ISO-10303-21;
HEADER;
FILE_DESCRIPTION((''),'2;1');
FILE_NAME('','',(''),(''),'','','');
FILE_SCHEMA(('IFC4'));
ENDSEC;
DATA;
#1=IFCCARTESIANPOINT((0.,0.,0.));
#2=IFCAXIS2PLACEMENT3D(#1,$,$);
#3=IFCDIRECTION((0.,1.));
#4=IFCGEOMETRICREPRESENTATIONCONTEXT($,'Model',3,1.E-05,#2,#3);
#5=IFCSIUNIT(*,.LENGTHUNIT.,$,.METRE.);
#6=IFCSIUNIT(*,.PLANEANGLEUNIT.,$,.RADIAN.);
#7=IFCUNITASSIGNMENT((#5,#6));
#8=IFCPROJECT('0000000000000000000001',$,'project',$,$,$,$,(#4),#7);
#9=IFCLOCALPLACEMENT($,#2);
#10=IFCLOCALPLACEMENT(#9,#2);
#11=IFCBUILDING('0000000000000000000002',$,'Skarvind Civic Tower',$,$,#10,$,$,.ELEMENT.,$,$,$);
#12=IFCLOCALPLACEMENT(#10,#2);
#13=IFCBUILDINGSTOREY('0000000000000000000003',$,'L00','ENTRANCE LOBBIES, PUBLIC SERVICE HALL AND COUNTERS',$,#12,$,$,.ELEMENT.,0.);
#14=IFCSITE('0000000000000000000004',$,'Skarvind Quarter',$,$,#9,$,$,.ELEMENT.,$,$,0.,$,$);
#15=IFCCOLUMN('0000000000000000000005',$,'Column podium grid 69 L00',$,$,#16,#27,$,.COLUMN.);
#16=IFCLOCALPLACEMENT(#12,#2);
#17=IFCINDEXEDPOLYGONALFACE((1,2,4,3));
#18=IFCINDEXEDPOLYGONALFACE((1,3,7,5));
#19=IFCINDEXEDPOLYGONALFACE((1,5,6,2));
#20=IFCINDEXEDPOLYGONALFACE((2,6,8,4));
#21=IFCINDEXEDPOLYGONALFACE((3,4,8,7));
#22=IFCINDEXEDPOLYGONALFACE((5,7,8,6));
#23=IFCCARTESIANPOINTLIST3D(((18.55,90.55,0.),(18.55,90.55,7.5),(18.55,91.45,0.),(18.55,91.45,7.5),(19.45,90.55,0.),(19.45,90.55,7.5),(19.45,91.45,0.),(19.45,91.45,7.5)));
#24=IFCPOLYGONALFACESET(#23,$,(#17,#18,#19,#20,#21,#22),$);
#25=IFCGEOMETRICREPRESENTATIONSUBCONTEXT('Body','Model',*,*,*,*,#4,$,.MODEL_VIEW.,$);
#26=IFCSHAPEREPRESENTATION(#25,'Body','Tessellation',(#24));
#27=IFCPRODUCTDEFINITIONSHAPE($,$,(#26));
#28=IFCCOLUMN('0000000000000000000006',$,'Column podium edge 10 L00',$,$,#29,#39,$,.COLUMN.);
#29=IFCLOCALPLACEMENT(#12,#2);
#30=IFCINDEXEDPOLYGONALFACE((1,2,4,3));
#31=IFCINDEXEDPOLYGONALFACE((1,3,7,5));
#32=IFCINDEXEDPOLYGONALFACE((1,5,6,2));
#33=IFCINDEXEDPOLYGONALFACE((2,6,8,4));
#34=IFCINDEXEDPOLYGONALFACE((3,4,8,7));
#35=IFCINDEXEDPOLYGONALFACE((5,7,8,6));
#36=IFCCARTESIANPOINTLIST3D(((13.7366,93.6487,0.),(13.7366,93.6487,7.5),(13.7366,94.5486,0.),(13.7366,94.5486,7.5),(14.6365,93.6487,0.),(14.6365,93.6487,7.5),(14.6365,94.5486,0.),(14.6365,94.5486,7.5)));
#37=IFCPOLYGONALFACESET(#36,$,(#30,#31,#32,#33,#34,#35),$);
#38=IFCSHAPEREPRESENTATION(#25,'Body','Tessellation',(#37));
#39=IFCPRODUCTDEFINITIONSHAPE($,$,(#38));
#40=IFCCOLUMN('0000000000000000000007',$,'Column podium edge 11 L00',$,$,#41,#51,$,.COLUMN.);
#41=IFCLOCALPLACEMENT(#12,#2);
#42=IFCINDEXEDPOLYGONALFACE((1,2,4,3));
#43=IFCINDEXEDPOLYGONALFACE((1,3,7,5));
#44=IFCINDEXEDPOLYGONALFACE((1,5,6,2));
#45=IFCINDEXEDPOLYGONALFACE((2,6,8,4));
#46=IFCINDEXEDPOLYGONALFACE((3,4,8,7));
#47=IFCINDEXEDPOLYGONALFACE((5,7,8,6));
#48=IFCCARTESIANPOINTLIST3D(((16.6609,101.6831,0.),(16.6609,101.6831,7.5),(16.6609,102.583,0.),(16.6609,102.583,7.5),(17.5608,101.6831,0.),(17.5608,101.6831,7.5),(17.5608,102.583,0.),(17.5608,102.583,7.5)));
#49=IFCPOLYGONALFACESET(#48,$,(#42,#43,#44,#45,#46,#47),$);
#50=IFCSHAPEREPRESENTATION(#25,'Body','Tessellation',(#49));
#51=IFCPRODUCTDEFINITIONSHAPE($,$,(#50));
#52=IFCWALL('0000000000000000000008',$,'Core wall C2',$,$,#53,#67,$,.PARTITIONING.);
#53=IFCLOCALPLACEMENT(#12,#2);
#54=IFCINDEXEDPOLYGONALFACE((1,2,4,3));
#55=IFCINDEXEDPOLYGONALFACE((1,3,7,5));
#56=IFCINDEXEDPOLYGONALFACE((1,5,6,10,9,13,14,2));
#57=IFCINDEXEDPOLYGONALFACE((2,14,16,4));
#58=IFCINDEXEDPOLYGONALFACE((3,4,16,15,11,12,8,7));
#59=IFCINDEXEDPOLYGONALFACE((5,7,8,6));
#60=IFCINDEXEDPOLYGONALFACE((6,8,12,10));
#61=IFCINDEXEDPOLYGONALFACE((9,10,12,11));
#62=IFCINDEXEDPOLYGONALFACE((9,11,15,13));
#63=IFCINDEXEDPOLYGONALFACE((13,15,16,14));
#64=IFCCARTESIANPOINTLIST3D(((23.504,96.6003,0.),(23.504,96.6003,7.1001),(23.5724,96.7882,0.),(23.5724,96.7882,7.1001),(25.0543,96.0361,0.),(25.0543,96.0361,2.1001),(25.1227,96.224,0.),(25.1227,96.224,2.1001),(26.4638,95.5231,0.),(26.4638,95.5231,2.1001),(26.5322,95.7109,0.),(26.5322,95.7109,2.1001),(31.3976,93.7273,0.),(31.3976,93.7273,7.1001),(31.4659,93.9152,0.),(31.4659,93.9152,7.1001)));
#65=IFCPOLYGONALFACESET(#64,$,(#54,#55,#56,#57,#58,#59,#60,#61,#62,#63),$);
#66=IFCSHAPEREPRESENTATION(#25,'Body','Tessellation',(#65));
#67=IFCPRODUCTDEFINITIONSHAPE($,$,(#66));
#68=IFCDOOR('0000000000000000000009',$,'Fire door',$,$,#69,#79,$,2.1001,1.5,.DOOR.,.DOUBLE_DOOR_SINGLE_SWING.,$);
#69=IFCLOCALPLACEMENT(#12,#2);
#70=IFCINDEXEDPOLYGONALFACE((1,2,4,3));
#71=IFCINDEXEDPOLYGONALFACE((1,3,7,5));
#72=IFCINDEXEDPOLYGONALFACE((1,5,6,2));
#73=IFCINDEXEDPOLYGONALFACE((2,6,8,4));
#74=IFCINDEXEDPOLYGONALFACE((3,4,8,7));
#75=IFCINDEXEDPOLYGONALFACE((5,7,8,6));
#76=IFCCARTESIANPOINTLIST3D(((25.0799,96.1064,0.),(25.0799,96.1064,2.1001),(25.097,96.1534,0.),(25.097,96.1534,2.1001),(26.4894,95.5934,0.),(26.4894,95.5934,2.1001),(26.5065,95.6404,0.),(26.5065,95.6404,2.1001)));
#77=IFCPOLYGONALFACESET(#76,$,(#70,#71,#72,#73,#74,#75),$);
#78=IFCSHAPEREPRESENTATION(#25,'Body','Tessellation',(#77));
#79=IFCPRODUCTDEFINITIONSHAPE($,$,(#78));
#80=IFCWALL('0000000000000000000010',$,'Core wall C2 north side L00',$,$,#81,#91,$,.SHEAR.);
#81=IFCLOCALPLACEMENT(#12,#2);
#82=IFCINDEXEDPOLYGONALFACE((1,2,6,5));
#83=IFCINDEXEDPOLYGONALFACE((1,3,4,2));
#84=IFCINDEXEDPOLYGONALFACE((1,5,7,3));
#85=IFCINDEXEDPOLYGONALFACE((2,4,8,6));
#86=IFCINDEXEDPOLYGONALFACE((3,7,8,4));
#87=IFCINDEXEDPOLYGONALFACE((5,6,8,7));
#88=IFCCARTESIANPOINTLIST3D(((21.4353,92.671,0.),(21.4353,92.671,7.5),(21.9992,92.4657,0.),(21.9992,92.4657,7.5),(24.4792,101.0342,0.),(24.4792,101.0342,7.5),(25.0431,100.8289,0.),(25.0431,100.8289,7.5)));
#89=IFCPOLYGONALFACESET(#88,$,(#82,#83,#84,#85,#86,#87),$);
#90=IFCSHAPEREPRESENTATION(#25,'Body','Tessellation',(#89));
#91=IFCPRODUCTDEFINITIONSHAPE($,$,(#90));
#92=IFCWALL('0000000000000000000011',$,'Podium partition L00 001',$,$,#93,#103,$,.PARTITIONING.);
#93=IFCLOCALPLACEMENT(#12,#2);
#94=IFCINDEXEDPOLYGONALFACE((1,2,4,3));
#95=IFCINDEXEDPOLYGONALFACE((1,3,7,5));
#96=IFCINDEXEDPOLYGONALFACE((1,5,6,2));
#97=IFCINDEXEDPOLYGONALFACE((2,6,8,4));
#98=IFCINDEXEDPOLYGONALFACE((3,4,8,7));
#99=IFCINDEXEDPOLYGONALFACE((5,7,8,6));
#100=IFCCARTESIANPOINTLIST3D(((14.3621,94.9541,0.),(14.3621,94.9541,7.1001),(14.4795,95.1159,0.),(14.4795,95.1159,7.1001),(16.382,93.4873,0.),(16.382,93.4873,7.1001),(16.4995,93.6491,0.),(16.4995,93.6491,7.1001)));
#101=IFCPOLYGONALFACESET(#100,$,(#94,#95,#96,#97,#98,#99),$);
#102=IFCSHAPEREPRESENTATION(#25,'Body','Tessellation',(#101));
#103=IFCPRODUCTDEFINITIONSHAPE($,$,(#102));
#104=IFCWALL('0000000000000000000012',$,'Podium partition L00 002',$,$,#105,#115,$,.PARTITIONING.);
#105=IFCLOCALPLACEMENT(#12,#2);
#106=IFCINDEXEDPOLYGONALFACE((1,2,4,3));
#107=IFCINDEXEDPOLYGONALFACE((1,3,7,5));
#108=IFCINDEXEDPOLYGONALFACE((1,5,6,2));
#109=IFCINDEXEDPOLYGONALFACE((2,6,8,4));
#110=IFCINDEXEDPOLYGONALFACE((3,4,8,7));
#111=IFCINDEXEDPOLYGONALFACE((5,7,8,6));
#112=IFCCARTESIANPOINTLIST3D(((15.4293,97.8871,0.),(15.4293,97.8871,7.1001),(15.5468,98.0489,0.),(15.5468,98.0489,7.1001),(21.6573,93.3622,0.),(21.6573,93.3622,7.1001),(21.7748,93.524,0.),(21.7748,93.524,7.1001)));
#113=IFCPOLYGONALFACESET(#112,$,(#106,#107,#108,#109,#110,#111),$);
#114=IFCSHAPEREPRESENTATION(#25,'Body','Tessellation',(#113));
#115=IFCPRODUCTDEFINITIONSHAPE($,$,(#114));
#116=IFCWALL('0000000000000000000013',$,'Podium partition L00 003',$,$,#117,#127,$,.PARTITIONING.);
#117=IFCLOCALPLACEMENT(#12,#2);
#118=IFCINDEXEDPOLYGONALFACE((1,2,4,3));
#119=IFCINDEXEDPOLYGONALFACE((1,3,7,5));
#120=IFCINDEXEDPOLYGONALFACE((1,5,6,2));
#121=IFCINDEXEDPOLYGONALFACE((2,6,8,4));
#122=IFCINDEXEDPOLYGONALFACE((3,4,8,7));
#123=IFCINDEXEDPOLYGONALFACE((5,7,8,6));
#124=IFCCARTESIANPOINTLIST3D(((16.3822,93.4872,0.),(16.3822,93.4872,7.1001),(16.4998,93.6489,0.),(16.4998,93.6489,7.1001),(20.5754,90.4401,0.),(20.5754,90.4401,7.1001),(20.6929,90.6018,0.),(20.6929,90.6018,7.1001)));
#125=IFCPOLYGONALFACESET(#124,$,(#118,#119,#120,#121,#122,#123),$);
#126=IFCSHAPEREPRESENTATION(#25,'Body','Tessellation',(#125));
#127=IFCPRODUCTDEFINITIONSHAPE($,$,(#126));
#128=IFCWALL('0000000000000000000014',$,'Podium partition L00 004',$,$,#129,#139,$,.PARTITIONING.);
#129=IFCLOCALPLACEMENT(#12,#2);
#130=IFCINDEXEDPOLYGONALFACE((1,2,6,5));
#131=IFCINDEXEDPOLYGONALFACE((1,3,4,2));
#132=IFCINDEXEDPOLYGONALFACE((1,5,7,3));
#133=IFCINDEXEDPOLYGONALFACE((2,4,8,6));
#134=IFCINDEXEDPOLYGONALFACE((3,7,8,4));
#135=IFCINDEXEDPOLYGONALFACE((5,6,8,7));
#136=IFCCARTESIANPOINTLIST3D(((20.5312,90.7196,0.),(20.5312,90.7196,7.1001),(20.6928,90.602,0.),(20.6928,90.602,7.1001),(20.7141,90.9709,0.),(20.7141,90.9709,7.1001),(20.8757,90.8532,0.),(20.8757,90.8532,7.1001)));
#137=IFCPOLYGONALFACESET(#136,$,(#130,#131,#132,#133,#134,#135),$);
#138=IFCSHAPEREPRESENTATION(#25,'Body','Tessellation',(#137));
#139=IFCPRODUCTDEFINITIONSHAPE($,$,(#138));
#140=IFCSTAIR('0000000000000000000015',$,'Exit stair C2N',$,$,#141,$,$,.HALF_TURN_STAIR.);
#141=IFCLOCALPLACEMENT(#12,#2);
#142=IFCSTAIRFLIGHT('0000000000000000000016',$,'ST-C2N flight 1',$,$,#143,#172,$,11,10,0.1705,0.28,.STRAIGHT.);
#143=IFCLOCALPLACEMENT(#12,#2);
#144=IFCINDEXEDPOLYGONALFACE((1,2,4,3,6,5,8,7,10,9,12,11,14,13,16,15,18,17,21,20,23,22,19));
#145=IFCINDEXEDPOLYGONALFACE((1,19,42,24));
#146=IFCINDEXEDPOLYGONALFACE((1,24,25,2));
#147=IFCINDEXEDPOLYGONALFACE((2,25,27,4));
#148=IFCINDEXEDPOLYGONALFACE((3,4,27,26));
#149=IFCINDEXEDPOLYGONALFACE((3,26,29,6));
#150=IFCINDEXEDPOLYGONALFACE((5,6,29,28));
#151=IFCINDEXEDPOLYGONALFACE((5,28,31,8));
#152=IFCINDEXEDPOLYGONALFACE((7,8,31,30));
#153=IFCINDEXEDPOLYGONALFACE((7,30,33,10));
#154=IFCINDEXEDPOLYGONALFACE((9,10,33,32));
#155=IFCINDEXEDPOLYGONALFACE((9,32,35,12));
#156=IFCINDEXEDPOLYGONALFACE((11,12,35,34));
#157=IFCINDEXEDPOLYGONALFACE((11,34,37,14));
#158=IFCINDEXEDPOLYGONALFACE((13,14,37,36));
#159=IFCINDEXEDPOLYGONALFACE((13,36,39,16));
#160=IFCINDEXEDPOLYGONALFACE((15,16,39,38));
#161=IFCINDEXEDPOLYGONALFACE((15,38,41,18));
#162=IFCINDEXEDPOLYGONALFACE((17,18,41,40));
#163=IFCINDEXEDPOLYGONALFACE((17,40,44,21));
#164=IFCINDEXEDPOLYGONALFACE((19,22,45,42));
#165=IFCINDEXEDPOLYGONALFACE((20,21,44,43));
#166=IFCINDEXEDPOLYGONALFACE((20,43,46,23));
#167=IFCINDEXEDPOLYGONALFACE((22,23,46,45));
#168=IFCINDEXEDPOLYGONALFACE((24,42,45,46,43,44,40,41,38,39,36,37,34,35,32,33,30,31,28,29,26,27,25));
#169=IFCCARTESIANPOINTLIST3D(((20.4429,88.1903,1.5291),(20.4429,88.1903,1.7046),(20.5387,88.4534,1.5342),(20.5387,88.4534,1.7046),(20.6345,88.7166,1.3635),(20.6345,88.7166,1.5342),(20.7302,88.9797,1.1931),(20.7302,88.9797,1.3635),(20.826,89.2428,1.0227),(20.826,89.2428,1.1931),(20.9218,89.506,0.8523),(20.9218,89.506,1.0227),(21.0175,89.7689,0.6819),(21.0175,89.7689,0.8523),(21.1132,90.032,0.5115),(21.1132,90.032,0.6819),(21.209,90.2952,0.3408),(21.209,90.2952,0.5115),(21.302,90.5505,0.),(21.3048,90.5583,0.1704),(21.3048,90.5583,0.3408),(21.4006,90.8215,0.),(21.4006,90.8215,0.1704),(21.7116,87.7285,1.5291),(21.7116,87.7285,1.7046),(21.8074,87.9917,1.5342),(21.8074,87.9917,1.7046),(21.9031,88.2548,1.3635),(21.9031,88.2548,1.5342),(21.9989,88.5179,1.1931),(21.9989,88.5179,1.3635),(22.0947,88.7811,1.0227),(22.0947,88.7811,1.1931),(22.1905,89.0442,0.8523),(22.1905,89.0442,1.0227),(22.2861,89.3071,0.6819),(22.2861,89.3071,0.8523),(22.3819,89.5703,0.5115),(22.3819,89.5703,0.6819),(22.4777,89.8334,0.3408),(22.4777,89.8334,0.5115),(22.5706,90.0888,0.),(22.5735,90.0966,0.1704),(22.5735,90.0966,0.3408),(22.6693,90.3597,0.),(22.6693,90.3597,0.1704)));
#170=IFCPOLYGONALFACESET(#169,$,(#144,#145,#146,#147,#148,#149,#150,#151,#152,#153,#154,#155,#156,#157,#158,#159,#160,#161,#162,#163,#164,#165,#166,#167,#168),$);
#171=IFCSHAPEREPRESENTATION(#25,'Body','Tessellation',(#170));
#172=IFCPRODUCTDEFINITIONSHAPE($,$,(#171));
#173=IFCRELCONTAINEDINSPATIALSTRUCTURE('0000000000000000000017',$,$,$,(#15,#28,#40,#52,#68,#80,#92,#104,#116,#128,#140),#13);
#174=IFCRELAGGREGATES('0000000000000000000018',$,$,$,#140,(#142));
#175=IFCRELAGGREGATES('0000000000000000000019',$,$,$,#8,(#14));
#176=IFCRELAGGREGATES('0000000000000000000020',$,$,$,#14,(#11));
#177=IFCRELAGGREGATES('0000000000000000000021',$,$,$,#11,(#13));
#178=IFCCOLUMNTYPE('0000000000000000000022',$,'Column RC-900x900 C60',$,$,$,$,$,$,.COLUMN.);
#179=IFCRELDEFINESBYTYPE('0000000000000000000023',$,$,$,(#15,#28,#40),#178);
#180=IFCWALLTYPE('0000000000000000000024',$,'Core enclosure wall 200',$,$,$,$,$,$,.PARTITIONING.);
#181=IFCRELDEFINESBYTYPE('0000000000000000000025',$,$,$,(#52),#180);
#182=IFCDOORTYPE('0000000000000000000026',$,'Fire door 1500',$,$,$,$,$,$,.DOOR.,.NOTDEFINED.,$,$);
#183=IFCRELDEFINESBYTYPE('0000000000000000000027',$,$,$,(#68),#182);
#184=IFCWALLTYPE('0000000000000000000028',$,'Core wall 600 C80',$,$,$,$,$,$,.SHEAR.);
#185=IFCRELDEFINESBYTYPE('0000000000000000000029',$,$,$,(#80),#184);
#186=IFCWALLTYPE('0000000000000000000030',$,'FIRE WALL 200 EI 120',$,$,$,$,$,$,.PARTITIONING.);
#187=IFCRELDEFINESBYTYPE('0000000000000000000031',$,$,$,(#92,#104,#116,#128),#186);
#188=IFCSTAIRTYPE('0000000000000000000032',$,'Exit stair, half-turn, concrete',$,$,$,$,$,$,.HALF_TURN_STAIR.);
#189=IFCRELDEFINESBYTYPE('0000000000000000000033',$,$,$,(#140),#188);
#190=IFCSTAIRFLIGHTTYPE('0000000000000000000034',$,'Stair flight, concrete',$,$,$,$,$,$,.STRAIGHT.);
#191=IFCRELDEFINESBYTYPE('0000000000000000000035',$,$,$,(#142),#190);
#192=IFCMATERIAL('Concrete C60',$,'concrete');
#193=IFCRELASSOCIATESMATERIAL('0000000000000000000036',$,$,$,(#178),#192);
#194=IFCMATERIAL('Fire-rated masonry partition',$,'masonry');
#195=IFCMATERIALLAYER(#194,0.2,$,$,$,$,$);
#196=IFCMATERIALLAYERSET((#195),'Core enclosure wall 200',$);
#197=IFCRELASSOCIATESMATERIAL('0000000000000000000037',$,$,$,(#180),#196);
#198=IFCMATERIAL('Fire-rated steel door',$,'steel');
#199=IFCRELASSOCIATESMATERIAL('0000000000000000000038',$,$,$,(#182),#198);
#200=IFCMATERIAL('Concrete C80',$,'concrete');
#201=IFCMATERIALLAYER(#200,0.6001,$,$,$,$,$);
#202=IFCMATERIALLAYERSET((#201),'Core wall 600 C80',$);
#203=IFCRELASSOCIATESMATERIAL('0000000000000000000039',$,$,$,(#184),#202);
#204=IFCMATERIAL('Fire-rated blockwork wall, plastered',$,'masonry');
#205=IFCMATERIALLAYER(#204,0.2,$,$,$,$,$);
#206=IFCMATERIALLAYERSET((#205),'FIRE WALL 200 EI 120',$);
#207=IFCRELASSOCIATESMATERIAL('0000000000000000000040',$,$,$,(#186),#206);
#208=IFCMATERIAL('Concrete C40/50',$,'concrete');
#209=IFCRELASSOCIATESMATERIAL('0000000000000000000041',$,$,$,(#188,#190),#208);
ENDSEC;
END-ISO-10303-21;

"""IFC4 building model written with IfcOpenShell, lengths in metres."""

from ifc_helpers import new_model, si_unit, direction, frame, frame_2d, origin, origin_2d, place, context, subcontext, project, spatial, polyline, rectangle, outline, extrude, material, layer, layer_set, material_profile, profile_set, type_object, element, fill, aggregate, save


model = new_model("IFC4")

# Units and contexts
model_context = context("Model", 3, precision=1e-05, world=origin(), true_north=direction((0.0, 1.0)))
body_context = subcontext(model_context, "Body", "Model", "MODEL_VIEW")
ifc_project = project(units=[si_unit("LENGTHUNIT", "METRE"), si_unit("PLANEANGLEUNIT", "RADIAN")], contexts=[model_context])

# Site, building, storey
site_placement = place(None, origin())
site = spatial("IfcSite", under=ifc_project, at=site_placement, Name="Skarvind Quarter", CompositionType="ELEMENT", RefElevation=0.0)
building_placement = place(site_placement, origin())
building = spatial("IfcBuilding", under=site, at=building_placement, Name="Skarvind Civic Tower", CompositionType="ELEMENT")
storey_placement = place(building_placement, origin())
storey = spatial("IfcBuildingStorey", under=building, at=storey_placement, Name="L00", Description="ENTRANCE LOBBIES, PUBLIC SERVICE HALL AND COUNTERS", CompositionType="ELEMENT", Elevation=0.0)

# Columns
ifc_material_1 = material(Name="Concrete C60", Category="concrete")
ifc_material_profile = material_profile(ifc_material_1, rectangle(XDim=0.8999, YDim=0.8999, at=origin_2d()), Name="RC-900x900")
ifc_profile_set = profile_set([ifc_material_profile], Name="Concrete C60")
column_type = type_object("IfcColumnType", Name="Column RC-900x900 C60", PredefinedType="COLUMN", material=ifc_profile_set)
for number, where, z_axis, x_axis, name in (
    (1, (19.0, 91.0, 0.0), (0.0, 0.0, 1.0), (1.0, 0.0, 0.0), "Column podium grid 69 L00"),
    (2, (14.1865, 94.0986, 0.0), (0.0, 0.0, 1.0), (1.0, 0.0, 0.0), "Column podium edge 10 L00"),
    (3, (17.1108, 102.1331, 0.0), (0.0, 0.0, 1.0), (1.0, 0.0, 0.0), "Column podium edge 11 L00"),
):
    element("IfcColumn", number, at=place(storey_placement, frame(where, z_axis=z_axis, x_axis=x_axis)), inside=storey, type_object=column_type, Name=name, PredefinedType="COLUMN", context=body_context, shape_type="SweptSolid", body=[
        extrude(rectangle(XDim=0.8999, YDim=0.8999, at=origin_2d()), origin(), (0.0, 0.0, 1.0), 7.5),
    ])

# Wall, opening, door
ifc_material_2 = material(Name="Fire-rated masonry partition", Category="masonry")
ifc_layer_1 = layer(ifc_material_2, 0.2)
ifc_layer_set_1 = layer_set([ifc_layer_1], Name="Core enclosure wall 200")
wall_type_1 = type_object("IfcWallType", Name="Core enclosure wall 200", PredefinedType="PARTITIONING", material=ifc_layer_set_1)
wall_1_placement = place(storey_placement, frame((23.5381, 96.6943, 0.0), z_axis=(0.0, 0.0, 1.0), x_axis=(0.939692, -0.342023, 0.0)))
wall_1 = element("IfcWall", 4, at=wall_1_placement, inside=storey, type_object=wall_type_1, Name="Core wall C2", PredefinedType="PARTITIONING", context=body_context, shape_type="SweptSolid", body=[
    extrude(rectangle(XDim=8.4001, YDim=0.2, at=frame_2d((4.2002, 0.0))), origin(), (0.0, 0.0, 1.0), 7.1001),
])
opening_1_placement = place(wall_1_placement, frame((1.6499, 0.0, 0.0)))
opening_1 = element("IfcOpeningElement", 5, at=opening_1_placement, cuts=wall_1, PredefinedType="OPENING", context=body_context, shape_type="SweptSolid", body=[
    extrude(rectangle(XDim=1.5, YDim=2.1001, at=frame_2d((0.75, 1.05))), frame((0.0, 0.1099, 0.0), z_axis=(0.0, -1.0, 0.0), x_axis=(1.0, 0.0, 0.0)), (0.0, 0.0, 1.0), 0.22),
])
ifc_material_3 = material(Name="Fire-rated steel door", Category="steel")
door_type_1 = type_object("IfcDoorType", Name="Fire door 1500", OperationType="NOTDEFINED", PredefinedType="DOOR", material=ifc_material_3)
door_1_placement = place(opening_1_placement, origin())
door_1 = element("IfcDoor", 6, at=door_1_placement, inside=storey, type_object=door_type_1, Name="Fire door", OperationType="DOUBLE_DOOR_SINGLE_SWING", OverallHeight=2.1001, OverallWidth=1.5, PredefinedType="DOOR", context=body_context, shape_type="SweptSolid", body=[
    extrude(rectangle(XDim=1.5, YDim=2.1001, at=frame_2d((0.75, 1.05))), frame((0.0, 0.0249, 0.0), z_axis=(0.0, -1.0, 0.0), x_axis=(1.0, 0.0, 0.0)), (0.0, 0.0, 1.0), 0.05),
])
fill(opening_1, door_1)

# Walls
ifc_material_4 = material(Name="Concrete C80", Category="concrete")
ifc_layer_2 = layer(ifc_material_4, 0.6001)
ifc_layer_set_2 = layer_set([ifc_layer_2], Name="Core wall 600 C80")
wall_type_2 = type_object("IfcWallType", Name="Core wall 600 C80", PredefinedType="SHEAR", material=ifc_layer_set_2)
wall_2_placement = place(storey_placement, frame((21.7173, 92.5684, 0.0), z_axis=(0.0, 0.0, 1.0), x_axis=(0.342016, 0.939694, 0.0)))
element("IfcWall", 7, at=wall_2_placement, inside=storey, type_object=wall_type_2, Name="Core wall C2 north side L00", PredefinedType="SHEAR", context=body_context, shape_type="SweptSolid", body=[
    extrude(rectangle(XDim=8.8999, YDim=0.6001, at=frame_2d((4.45, 0.0))), origin(), (0.0, 0.0, 1.0), 7.5),
])
ifc_material_5 = material(Name="Fire-rated blockwork wall, plastered", Category="masonry")
ifc_layer_3 = layer(ifc_material_5, 0.2)
ifc_layer_set_3 = layer_set([ifc_layer_3], Name="FIRE WALL 200 EI 120")
wall_type_3 = type_object("IfcWallType", Name="FIRE WALL 200 EI 120", PredefinedType="PARTITIONING", material=ifc_layer_set_3)
wall_3_placement = place(storey_placement, frame((14.4209, 95.0349, 0.0), z_axis=(0.0, 0.0, 1.0), x_axis=(0.809176, -0.587567, 0.0)))
element("IfcWall", 8, at=wall_3_placement, inside=storey, type_object=wall_type_3, Name="Podium partition L00 001", PredefinedType="PARTITIONING", context=body_context, shape_type="SweptSolid", body=[
    extrude(rectangle(XDim=2.4963, YDim=0.2, at=frame_2d((1.248, 0.0))), origin(), (0.0, 0.0, 1.0), 7.1001),
])
wall_4_placement = place(storey_placement, frame((15.488, 97.968, 0.0), z_axis=(0.0, 0.0, 1.0), x_axis=(0.809019, -0.587783, 0.0)))
element("IfcWall", 9, at=wall_4_placement, inside=storey, type_object=wall_type_3, Name="Podium partition L00 002", PredefinedType="PARTITIONING", context=body_context, shape_type="SweptSolid", body=[
    extrude(rectangle(XDim=7.6982, YDim=0.2, at=frame_2d((3.8491, 0.0))), origin(), (0.0, 0.0, 1.0), 7.1001),
])
wall_5_placement = place(storey_placement, frame((16.4409, 93.5681, 0.0), z_axis=(0.0, 0.0, 1.0), x_axis=(0.808958, -0.587866, 0.0)))
element("IfcWall", 10, at=wall_5_placement, inside=storey, type_object=wall_type_3, Name="Podium partition L00 003", PredefinedType="PARTITIONING", context=body_context, shape_type="SweptSolid", body=[
    extrude(rectangle(XDim=5.1833, YDim=0.2, at=frame_2d((2.5918, 0.0))), origin(), (0.0, 0.0, 1.0), 7.1001),
])
wall_6_placement = place(storey_placement, frame((20.6121, 90.6609, 0.0), z_axis=(0.0, 0.0, 1.0), x_axis=(0.588499, 0.808498, 0.0)))
element("IfcWall", 11, at=wall_6_placement, inside=storey, type_object=wall_type_3, Name="Podium partition L00 004", PredefinedType="PARTITIONING", context=body_context, shape_type="SweptSolid", body=[
    extrude(rectangle(XDim=0.3108, YDim=0.2, at=frame_2d((0.1553, 0.0))), origin(), (0.0, 0.0, 1.0), 7.1001),
])

# Stair, stair flight
ifc_material_6 = material(Name="Concrete C40/50", Category="concrete")
stair_type = type_object("IfcStairType", Name="Exit stair, half-turn, concrete", PredefinedType="HALF_TURN_STAIR", material=ifc_material_6)
stair_placement = place(storey_placement, origin())
stair = element("IfcStair", 12, at=stair_placement, inside=storey, type_object=stair_type, Name="Exit stair C2N", PredefinedType="HALF_TURN_STAIR")
stair_flight_type = type_object("IfcStairFlightType", Name="Stair flight, concrete", PredefinedType="STRAIGHT", material=ifc_material_6)
stair_flight_1_placement = place(storey_placement, frame((22.0349, 90.5906, 0.0), z_axis=(0.0, 0.0, 1.0), x_axis=(-0.34202, -0.939693, 0.0)))
stair_flight_1 = element("IfcStairFlight", 13, at=stair_flight_1_placement, type_object=stair_flight_type, Name="ST-C2N flight 1", NumberOfRisers=11, NumberOfTreads=10, PredefinedType="STRAIGHT", RiserHeight=0.1705, TreadLength=0.28, context=body_context, shape_type="SweptSolid", body=[
    extrude(outline(polyline([(0.0, 0.0), (0.0, 0.1704), (0.28, 0.1704), (0.28, 0.3408), (0.5601, 0.3408), (0.5601, 0.5115), (0.8401, 0.5115), (0.8401, 0.6819), (1.1201, 0.6819), (1.1201, 0.8523), (1.3999, 0.8523), (1.3999, 1.0227), (1.6799, 1.0227), (1.6799, 1.1931), (1.96, 1.1931), (1.96, 1.3635), (2.24, 1.3635), (2.24, 1.5342), (2.52, 1.5342), (2.52, 1.7046), (2.8, 1.7046), (2.8, 1.875), (2.8, 1.5291), (0.2883, 0.0), (0.0, 0.0)])), frame((0.0, 0.675, 0.0), z_axis=(0.0, -1.0, 0.0), x_axis=(1.0, 0.0, 0.0)), (0.0, 0.0, 1.0), 1.3501),
])
aggregate(stair, [stair_flight_1])

save(model, "model.ifc")
